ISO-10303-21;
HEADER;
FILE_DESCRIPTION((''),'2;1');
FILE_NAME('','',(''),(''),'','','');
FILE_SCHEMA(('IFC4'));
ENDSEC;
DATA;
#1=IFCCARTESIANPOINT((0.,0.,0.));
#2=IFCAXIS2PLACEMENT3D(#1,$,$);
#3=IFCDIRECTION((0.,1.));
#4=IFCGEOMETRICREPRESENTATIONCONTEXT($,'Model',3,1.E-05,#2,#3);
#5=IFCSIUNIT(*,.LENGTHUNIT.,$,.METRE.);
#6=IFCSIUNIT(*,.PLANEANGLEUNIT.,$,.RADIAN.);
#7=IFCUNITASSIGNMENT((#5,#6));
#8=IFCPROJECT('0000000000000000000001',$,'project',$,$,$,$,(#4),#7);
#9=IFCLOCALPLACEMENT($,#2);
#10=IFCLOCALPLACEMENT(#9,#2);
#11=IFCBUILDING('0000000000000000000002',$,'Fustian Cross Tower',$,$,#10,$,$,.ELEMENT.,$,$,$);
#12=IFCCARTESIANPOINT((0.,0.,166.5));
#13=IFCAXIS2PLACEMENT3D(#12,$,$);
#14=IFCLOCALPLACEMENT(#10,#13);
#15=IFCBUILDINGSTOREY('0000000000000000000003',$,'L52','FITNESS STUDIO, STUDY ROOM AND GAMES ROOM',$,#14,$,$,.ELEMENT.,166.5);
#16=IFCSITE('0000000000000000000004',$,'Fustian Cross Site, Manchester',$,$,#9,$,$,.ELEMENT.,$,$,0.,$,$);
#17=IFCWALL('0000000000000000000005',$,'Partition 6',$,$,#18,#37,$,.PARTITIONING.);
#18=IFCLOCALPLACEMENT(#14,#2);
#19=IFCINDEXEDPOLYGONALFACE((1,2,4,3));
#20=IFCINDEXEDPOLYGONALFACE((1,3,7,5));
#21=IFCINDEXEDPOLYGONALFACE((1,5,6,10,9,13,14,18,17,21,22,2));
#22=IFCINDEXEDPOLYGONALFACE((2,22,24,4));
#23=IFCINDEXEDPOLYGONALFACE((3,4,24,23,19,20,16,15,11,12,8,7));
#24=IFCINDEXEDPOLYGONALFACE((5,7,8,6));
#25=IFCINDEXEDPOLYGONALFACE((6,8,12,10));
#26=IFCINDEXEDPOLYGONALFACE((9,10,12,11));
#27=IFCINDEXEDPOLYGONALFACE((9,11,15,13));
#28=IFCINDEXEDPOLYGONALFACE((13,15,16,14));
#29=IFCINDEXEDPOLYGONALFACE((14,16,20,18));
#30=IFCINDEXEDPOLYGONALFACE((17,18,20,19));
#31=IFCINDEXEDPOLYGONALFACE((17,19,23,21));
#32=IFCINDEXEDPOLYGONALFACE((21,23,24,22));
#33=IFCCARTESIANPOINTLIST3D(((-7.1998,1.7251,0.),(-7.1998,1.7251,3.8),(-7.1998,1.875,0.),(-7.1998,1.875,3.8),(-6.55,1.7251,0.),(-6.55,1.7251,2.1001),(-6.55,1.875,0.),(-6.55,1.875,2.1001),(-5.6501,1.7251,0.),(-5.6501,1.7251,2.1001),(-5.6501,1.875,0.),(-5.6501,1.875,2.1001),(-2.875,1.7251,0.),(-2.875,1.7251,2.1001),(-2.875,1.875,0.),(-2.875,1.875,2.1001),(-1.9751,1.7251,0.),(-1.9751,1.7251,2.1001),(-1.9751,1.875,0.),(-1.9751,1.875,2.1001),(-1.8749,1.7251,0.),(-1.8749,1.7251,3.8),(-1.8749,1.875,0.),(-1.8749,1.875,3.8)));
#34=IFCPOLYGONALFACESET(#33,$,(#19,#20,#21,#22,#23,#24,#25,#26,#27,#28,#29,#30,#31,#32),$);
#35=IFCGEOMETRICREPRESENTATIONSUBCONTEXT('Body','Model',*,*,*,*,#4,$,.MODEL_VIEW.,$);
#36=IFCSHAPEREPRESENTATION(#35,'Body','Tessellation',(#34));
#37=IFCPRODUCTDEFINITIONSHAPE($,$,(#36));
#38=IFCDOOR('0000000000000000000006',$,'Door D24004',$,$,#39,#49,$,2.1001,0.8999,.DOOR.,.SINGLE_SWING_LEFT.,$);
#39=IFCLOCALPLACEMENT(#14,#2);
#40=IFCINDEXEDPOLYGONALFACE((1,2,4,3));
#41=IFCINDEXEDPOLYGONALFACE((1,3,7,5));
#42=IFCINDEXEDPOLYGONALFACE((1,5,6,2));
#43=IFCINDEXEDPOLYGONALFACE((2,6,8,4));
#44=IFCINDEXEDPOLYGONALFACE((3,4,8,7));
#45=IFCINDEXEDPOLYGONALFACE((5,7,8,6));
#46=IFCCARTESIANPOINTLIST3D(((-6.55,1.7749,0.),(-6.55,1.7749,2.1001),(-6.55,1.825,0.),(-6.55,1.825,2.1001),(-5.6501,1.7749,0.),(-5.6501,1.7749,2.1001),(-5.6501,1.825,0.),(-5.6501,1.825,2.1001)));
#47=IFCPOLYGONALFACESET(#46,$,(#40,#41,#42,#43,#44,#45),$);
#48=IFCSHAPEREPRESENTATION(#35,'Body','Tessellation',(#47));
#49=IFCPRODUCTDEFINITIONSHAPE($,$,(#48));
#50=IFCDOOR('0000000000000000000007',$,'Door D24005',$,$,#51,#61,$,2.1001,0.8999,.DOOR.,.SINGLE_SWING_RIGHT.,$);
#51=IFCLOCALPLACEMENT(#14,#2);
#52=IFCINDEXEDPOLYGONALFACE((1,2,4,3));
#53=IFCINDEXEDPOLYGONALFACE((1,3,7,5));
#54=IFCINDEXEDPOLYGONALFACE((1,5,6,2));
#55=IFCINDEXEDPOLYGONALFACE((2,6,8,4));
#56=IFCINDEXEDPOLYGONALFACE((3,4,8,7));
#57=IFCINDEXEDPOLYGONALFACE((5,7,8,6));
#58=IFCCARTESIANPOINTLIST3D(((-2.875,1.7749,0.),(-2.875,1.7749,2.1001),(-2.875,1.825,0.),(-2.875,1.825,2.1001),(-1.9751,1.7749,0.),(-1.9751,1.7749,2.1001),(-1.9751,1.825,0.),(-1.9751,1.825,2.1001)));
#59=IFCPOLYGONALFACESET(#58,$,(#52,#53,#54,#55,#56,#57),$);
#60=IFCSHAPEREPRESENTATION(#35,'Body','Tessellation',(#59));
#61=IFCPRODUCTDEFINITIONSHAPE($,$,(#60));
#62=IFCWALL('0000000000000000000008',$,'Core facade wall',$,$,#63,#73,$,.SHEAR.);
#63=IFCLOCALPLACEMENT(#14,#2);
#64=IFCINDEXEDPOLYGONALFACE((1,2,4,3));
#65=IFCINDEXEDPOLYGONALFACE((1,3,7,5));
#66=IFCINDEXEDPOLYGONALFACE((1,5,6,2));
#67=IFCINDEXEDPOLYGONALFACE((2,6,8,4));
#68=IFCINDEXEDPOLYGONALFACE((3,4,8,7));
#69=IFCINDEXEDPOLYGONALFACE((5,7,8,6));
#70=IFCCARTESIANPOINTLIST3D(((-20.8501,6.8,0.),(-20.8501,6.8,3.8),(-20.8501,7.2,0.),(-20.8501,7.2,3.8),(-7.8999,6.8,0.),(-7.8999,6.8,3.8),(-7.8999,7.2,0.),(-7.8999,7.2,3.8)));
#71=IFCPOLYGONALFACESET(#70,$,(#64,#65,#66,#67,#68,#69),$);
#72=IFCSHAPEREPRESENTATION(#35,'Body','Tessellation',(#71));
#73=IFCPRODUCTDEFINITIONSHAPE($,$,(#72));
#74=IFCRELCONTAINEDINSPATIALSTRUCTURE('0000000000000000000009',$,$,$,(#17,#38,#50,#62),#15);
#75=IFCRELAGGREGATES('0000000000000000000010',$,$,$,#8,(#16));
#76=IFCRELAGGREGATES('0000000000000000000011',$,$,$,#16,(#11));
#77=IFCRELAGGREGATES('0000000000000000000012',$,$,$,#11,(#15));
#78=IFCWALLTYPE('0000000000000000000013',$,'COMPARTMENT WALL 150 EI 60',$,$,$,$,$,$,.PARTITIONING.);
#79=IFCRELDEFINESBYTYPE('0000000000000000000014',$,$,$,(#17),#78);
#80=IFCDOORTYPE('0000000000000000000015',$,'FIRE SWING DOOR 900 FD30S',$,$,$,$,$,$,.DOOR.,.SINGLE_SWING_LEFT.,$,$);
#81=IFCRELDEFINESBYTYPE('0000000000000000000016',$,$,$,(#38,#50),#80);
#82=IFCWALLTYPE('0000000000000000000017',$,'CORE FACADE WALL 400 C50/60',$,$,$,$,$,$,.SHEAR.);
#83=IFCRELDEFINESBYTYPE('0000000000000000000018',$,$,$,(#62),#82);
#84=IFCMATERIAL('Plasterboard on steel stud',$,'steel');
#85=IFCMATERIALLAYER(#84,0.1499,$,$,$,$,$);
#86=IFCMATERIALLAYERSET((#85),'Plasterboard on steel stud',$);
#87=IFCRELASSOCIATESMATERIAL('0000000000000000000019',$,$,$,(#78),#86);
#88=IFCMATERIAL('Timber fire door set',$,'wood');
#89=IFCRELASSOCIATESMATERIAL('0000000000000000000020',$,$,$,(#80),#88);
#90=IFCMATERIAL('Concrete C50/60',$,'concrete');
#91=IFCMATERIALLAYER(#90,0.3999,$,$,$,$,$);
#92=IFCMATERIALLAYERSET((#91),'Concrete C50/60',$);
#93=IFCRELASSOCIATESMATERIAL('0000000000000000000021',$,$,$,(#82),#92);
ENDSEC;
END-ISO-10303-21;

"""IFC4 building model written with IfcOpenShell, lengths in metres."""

from ifc_helpers import new_model, si_unit, direction, frame, frame_2d, origin, place, context, subcontext, project, spatial, rectangle, extrude, material, layer, layer_set, type_object, element, fill, save


model = new_model("IFC4")

# Units and contexts
model_context = context("Model", 3, precision=1e-05, world=origin(), true_north=direction((0.0, 1.0)))
body_context = subcontext(model_context, "Body", "Model", "MODEL_VIEW")
ifc_project = project(units=[si_unit("LENGTHUNIT", "METRE"), si_unit("PLANEANGLEUNIT", "RADIAN")], contexts=[model_context])

# Site, building, storey
site_placement = place(None, origin())
site = spatial("IfcSite", under=ifc_project, at=site_placement, Name="Fustian Cross Site, Manchester", CompositionType="ELEMENT", RefElevation=0.0)
building_placement = place(site_placement, origin())
building = spatial("IfcBuilding", under=site, at=building_placement, Name="Fustian Cross Tower", CompositionType="ELEMENT")
storey_placement = place(building_placement, frame((0.0, 0.0, 166.5)))
storey = spatial("IfcBuildingStorey", under=building, at=storey_placement, Name="L52", Description="FITNESS STUDIO, STUDY ROOM AND GAMES ROOM", CompositionType="ELEMENT", Elevation=166.5)

# Wall, openings, doors
ifc_material_1 = material(Name="Plasterboard on steel stud", Category="steel")
ifc_layer_1 = layer(ifc_material_1, 0.1499)
ifc_layer_set_1 = layer_set([ifc_layer_1], Name="Plasterboard on steel stud")
wall_type_1 = type_object("IfcWallType", Name="COMPARTMENT WALL 150 EI 60", PredefinedType="PARTITIONING", material=ifc_layer_set_1)
wall_1_placement = place(storey_placement, frame((-7.2, 1.8, 0.0), z_axis=(0.0, 0.0, 1.0), x_axis=(1.0, 0.0, 0.0)))
wall_1 = element("IfcWall", 1, at=wall_1_placement, inside=storey, type_object=wall_type_1, Name="Partition 6", PredefinedType="PARTITIONING", context=body_context, shape_type="SweptSolid", body=[
    extrude(rectangle(XDim=5.325, YDim=0.1499, at=frame_2d((2.6626, 0.0))), origin(), (0.0, 0.0, 1.0), 3.8),
])
opening_1_placement = place(wall_1_placement, frame((0.6499, 0.0, 0.0)))
opening_1 = element("IfcOpeningElement", 2, at=opening_1_placement, cuts=wall_1, PredefinedType="OPENING", context=body_context, shape_type="SweptSolid", body=[
    extrude(rectangle(XDim=0.8999, YDim=2.1001, at=frame_2d((0.45, 1.05))), frame((0.0, 0.085, 0.0), z_axis=(0.0, -1.0, 0.0), x_axis=(1.0, 0.0, 0.0)), (0.0, 0.0, 1.0), 0.1699),
])
opening_2_placement = place(wall_1_placement, frame((4.325, 0.0, 0.0)))
opening_2 = element("IfcOpeningElement", 3, at=opening_2_placement, cuts=wall_1, PredefinedType="OPENING", context=body_context, shape_type="SweptSolid", body=[
    extrude(rectangle(XDim=0.8999, YDim=2.1001, at=frame_2d((0.45, 1.05))), frame((0.0, 0.085, 0.0), z_axis=(0.0, -1.0, 0.0), x_axis=(1.0, 0.0, 0.0)), (0.0, 0.0, 1.0), 0.1699),
])
ifc_material_2 = material(Name="Timber fire door set", Category="wood")
door_type_1 = type_object("IfcDoorType", Name="FIRE SWING DOOR 900 FD30S", OperationType="SINGLE_SWING_LEFT", PredefinedType="DOOR", material=ifc_material_2)
door_1_placement = place(opening_1_placement, origin())
door_1 = element("IfcDoor", 4, at=door_1_placement, inside=storey, type_object=door_type_1, Name="Door D24004", OperationType="SINGLE_SWING_LEFT", OverallHeight=2.1001, OverallWidth=0.8999, PredefinedType="DOOR", context=body_context, shape_type="SweptSolid", body=[
    extrude(rectangle(XDim=0.8999, YDim=2.1001, at=frame_2d((0.45, 1.05))), frame((0.0, 0.0249, 0.0), z_axis=(0.0, -1.0, 0.0), x_axis=(1.0, 0.0, 0.0)), (0.0, 0.0, 1.0), 0.05),
])
fill(opening_1, door_1)
door_2_placement = place(opening_2_placement, origin())
door_2 = element("IfcDoor", 5, at=door_2_placement, inside=storey, type_object=door_type_1, Name="Door D24005", OperationType="SINGLE_SWING_RIGHT", OverallHeight=2.1001, OverallWidth=0.8999, PredefinedType="DOOR", context=body_context, shape_type="SweptSolid", body=[
    extrude(rectangle(XDim=0.8999, YDim=2.1001, at=frame_2d((0.45, 1.05))), frame((0.0, 0.0249, 0.0), z_axis=(0.0, -1.0, 0.0), x_axis=(1.0, 0.0, 0.0)), (0.0, 0.0, 1.0), 0.05),
])
fill(opening_2, door_2)

# Wall
ifc_material_3 = material(Name="Concrete C50/60", Category="concrete")
ifc_layer_2 = layer(ifc_material_3, 0.3999)
ifc_layer_set_2 = layer_set([ifc_layer_2], Name="Concrete C50/60")
wall_type_2 = type_object("IfcWallType", Name="CORE FACADE WALL 400 C50/60", PredefinedType="SHEAR", material=ifc_layer_set_2)
wall_2_placement = place(storey_placement, frame((-7.8999, 7.0, 0.0), z_axis=(0.0, 0.0, 1.0), x_axis=(-1.0, 0.0, 0.0)))
element("IfcWall", 6, at=wall_2_placement, inside=storey, type_object=wall_type_2, Name="Core facade wall", PredefinedType="SHEAR", context=body_context, shape_type="SweptSolid", body=[
    extrude(rectangle(XDim=12.9502, YDim=0.3999, at=frame_2d((6.4751, 0.0))), origin(), (0.0, 0.0, 1.0), 3.8),
])

save(model, "model.ifc")
